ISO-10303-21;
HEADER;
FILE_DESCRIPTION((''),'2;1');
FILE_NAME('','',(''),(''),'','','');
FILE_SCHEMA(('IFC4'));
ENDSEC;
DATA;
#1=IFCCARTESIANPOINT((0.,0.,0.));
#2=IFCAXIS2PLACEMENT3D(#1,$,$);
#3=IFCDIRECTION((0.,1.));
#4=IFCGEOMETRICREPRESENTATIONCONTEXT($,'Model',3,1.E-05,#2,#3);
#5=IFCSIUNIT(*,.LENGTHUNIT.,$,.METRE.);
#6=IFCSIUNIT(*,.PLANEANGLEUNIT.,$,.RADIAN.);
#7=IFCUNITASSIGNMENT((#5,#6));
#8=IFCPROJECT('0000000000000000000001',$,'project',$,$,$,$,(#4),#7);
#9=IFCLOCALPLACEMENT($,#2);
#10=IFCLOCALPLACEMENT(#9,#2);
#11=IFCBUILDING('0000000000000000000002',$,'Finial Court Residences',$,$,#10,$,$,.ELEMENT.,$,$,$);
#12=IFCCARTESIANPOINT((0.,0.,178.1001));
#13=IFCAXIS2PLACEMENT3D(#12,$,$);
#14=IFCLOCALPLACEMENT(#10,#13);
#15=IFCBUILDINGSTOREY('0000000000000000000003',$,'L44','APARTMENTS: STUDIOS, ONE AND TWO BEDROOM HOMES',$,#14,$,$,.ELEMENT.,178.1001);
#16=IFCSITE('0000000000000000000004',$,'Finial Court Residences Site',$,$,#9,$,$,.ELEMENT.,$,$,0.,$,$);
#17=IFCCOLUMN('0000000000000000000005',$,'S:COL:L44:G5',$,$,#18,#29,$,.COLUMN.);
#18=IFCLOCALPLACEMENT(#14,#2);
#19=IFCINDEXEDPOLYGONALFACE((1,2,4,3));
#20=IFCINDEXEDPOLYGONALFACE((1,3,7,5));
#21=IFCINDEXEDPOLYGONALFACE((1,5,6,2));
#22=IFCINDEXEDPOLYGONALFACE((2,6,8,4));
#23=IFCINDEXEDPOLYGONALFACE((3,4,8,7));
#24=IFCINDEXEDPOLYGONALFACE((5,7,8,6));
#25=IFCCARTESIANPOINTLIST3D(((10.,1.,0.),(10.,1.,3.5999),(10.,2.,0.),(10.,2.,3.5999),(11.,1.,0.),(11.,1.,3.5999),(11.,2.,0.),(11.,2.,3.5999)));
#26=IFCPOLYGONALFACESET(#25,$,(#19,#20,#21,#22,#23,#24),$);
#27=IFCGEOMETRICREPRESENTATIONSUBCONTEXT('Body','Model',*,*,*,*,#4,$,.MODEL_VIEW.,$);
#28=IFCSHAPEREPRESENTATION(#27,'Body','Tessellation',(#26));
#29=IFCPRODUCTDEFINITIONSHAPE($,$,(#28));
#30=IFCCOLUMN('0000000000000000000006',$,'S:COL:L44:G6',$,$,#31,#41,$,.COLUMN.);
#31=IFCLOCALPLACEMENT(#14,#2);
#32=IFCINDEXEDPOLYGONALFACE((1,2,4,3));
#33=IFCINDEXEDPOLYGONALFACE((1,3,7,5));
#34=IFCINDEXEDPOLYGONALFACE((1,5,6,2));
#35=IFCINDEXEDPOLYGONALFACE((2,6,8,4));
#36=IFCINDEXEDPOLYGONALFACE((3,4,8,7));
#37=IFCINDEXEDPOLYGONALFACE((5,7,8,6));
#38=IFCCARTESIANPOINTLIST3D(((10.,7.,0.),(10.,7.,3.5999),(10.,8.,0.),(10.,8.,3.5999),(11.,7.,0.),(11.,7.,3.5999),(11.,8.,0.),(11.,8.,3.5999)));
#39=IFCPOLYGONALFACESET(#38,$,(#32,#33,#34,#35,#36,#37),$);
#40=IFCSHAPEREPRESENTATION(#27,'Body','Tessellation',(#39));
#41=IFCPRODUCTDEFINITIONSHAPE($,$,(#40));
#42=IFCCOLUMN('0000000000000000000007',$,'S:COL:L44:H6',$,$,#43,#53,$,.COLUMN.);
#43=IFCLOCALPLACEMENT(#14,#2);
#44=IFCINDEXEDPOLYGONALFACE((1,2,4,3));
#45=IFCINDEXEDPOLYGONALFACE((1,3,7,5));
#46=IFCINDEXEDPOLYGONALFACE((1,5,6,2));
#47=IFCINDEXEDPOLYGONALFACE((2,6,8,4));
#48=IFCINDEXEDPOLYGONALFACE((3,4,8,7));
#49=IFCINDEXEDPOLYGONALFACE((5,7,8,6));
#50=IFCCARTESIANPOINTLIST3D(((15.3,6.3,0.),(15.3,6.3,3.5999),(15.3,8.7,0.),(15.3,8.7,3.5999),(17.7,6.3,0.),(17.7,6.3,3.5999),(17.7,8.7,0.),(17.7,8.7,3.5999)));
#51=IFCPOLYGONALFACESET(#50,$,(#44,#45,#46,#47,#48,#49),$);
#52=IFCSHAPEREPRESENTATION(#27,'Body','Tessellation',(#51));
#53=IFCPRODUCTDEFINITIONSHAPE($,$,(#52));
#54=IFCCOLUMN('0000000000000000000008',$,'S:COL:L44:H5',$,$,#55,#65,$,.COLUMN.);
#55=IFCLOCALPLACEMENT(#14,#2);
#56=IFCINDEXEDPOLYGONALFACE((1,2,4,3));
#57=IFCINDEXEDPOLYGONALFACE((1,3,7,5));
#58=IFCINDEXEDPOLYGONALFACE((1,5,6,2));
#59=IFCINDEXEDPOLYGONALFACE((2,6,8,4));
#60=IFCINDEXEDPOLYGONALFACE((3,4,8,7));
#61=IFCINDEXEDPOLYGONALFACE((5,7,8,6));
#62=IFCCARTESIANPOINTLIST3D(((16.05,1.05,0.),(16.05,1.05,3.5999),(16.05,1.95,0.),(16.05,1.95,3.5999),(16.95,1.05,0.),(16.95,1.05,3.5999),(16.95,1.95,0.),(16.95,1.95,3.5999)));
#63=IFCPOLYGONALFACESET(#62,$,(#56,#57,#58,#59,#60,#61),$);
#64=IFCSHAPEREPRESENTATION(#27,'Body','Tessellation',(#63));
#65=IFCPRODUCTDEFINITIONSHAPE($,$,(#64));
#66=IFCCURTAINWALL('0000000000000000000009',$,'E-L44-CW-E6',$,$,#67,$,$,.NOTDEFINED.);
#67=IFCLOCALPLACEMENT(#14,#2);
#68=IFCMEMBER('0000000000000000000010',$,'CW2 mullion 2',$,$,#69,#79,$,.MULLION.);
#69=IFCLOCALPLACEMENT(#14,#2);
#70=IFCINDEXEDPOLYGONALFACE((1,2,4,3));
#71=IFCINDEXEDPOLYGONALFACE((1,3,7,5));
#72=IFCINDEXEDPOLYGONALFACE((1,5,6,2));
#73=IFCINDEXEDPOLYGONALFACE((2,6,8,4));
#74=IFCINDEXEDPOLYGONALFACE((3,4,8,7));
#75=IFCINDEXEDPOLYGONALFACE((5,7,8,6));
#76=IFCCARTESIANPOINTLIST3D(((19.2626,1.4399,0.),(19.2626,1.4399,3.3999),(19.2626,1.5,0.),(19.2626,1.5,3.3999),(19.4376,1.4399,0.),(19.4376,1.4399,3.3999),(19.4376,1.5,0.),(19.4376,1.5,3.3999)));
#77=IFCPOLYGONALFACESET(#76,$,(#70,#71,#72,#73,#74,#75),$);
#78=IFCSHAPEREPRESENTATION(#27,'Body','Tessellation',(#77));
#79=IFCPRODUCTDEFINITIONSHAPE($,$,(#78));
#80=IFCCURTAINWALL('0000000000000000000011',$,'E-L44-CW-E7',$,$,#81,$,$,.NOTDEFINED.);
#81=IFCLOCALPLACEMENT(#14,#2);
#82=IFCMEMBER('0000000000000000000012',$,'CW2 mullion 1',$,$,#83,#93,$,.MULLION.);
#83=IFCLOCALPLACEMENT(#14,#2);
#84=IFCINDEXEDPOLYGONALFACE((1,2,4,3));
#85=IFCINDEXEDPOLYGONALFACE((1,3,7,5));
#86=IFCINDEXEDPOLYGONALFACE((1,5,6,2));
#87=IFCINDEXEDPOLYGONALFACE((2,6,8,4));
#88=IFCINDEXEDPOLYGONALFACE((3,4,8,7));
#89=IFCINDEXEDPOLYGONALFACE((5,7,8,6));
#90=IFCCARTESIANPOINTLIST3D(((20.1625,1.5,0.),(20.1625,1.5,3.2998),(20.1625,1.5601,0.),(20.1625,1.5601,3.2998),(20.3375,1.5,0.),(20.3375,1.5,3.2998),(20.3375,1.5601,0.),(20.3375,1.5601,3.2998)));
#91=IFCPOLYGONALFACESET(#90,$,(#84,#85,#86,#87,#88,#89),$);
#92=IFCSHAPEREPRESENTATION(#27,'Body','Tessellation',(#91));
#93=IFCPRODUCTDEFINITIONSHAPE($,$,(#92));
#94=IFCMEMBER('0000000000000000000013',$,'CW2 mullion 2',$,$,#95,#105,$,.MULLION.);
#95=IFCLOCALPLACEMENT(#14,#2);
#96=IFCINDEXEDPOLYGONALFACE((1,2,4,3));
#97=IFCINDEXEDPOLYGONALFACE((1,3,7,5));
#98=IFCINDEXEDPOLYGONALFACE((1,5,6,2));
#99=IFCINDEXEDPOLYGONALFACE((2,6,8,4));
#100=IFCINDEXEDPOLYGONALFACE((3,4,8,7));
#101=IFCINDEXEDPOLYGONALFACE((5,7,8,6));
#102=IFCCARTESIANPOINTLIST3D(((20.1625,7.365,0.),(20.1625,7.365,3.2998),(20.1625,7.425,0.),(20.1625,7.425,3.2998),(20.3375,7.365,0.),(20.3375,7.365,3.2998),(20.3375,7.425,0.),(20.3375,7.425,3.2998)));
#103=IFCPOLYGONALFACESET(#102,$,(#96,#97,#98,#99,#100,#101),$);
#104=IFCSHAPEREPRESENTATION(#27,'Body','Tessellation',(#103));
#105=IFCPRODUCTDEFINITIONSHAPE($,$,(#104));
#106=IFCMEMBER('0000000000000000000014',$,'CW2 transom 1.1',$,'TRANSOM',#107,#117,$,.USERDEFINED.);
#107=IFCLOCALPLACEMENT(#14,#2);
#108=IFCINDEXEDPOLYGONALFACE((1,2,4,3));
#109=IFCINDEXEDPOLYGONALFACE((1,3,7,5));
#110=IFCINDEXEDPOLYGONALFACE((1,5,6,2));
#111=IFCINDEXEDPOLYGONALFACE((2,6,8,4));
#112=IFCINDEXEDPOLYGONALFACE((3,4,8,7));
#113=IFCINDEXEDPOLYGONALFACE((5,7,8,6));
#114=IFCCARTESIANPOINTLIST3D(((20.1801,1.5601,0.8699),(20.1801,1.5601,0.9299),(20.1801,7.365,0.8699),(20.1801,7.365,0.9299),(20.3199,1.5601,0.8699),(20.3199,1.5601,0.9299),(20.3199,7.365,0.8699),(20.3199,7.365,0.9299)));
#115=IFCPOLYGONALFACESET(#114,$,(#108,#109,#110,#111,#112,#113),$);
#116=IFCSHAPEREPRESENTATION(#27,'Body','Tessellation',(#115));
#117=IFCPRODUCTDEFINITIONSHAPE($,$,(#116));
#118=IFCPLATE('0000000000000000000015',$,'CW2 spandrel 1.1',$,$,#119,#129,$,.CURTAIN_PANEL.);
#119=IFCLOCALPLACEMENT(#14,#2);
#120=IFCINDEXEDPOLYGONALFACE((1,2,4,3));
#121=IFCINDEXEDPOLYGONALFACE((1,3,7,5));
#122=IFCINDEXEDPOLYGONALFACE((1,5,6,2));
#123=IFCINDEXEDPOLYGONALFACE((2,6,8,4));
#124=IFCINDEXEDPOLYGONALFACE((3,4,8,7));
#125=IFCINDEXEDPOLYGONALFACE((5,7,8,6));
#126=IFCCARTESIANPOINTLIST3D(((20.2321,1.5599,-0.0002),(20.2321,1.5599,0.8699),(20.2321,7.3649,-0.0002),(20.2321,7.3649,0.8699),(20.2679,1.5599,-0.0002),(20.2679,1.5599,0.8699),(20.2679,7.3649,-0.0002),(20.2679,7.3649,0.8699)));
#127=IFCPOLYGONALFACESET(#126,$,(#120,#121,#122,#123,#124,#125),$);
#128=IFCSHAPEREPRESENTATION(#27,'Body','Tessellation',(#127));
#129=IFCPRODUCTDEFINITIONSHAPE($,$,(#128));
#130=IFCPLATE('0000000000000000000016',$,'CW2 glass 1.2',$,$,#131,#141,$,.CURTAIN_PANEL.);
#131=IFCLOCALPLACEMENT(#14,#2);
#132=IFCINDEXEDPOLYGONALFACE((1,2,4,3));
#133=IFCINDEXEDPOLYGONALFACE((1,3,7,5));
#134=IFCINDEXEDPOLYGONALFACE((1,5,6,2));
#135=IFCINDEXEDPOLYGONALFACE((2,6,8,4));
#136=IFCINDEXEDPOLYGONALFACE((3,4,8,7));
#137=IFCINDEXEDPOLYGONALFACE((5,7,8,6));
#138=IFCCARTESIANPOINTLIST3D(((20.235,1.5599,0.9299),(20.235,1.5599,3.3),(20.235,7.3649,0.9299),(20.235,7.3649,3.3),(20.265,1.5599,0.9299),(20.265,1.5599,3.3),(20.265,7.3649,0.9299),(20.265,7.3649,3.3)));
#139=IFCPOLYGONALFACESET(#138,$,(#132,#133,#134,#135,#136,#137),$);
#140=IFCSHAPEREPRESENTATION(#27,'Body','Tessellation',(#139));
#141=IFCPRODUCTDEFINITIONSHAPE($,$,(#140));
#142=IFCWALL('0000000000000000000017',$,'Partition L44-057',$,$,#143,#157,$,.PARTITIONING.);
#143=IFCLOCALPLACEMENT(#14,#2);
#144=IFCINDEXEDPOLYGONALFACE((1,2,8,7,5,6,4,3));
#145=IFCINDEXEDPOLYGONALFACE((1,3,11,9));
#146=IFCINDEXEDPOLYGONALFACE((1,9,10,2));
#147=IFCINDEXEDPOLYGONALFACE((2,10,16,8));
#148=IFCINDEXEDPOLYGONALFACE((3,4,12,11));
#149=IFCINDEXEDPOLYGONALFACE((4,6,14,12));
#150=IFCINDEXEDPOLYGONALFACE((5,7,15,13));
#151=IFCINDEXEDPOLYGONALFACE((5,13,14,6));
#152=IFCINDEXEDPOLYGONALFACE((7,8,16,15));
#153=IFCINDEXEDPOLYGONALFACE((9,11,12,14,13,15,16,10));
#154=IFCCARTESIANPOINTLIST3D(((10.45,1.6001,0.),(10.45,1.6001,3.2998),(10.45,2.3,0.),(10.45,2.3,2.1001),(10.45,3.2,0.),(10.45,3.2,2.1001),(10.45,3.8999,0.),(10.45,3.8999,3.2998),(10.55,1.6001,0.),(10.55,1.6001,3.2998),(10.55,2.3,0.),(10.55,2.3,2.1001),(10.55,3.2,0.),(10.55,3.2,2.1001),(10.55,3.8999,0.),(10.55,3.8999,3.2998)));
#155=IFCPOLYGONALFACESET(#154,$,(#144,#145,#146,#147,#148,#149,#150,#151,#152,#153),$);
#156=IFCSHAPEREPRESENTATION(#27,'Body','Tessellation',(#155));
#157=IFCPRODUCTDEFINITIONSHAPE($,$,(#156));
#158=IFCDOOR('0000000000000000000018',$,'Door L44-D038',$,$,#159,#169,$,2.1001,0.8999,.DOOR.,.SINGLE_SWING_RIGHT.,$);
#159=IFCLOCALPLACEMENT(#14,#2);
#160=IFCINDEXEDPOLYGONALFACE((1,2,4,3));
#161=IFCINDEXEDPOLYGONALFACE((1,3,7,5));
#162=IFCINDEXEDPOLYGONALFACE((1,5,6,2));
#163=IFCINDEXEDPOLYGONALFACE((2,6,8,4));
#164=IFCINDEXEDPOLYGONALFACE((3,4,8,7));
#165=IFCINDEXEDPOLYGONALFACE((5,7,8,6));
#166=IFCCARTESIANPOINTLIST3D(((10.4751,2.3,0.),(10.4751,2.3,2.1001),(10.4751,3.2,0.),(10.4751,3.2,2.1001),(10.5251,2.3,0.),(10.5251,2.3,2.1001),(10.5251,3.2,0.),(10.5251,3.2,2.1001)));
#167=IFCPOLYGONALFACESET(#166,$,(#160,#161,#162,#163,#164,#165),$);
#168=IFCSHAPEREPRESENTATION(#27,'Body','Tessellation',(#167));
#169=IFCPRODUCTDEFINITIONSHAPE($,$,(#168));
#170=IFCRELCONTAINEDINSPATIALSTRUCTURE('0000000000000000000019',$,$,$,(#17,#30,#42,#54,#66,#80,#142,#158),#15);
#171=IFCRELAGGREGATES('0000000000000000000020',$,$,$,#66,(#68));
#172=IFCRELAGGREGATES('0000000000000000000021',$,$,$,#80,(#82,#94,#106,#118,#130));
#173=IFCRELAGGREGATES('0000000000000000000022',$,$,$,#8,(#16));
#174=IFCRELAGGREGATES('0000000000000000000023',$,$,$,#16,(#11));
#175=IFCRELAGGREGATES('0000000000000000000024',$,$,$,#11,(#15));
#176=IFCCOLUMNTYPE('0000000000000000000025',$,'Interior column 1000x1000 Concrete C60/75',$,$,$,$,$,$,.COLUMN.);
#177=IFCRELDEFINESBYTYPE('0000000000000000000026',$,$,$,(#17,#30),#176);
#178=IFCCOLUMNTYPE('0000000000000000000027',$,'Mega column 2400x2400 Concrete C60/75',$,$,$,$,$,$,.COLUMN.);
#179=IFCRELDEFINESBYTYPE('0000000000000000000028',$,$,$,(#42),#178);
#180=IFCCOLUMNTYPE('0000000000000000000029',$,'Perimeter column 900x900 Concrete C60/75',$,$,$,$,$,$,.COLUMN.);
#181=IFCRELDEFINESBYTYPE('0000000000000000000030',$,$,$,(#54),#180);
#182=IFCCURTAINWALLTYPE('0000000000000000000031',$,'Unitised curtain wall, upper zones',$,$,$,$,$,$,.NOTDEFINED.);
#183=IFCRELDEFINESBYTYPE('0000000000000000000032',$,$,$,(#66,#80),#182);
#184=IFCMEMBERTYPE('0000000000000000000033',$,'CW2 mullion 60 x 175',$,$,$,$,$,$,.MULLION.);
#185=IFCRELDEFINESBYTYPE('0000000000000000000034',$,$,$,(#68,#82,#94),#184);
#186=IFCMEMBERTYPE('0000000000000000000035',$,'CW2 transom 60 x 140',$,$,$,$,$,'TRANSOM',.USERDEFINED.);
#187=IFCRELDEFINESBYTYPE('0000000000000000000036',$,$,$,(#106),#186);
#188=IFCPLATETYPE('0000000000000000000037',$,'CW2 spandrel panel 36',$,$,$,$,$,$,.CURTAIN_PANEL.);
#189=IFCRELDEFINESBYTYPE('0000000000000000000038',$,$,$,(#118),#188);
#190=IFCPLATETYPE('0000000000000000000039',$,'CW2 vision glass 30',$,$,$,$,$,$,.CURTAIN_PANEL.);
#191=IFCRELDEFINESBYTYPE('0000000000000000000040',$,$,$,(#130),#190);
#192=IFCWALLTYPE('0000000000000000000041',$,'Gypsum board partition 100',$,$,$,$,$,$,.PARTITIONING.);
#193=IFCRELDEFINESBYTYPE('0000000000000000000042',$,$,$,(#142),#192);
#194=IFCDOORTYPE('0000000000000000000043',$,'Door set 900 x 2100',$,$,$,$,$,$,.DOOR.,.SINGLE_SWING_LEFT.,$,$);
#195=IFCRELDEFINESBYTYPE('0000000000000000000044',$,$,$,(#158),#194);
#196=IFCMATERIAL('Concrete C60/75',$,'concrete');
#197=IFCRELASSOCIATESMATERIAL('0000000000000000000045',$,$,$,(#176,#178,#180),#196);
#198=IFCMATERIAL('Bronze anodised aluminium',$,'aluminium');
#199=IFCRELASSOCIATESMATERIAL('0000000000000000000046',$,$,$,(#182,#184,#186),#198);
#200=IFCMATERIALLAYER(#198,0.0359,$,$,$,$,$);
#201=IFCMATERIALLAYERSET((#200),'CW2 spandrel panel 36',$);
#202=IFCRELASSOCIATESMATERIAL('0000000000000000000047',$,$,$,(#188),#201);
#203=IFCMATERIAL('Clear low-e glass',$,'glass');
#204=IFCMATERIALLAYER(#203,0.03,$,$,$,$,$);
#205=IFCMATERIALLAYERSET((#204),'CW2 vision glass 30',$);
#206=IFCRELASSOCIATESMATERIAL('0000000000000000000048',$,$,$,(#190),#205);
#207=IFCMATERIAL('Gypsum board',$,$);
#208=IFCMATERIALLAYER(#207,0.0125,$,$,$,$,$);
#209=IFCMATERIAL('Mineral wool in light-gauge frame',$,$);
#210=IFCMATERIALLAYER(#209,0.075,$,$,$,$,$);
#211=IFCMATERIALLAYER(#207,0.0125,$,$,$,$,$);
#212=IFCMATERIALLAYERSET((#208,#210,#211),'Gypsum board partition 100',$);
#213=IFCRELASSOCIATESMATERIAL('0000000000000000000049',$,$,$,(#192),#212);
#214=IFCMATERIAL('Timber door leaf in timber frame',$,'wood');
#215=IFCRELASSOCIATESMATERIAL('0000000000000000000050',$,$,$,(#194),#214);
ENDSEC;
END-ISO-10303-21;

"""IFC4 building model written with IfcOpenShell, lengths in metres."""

from ifc_helpers import new_model, si_unit, direction, frame, frame_2d, origin, origin_2d, place, context, subcontext, project, spatial, rectangle, extrude, material, layer, layer_set, material_profile, profile_set, type_object, element, fill, aggregate, save


model = new_model("IFC4")

# Units and contexts
model_context = context("Model", 3, precision=1e-05, world=origin(), true_north=direction((0.0, 1.0)))
body_context = subcontext(model_context, "Body", "Model", "MODEL_VIEW")
ifc_project = project(units=[si_unit("LENGTHUNIT", "METRE"), si_unit("PLANEANGLEUNIT", "RADIAN")], contexts=[model_context])

# Site, building, storey
site_placement = place(None, origin())
site = spatial("IfcSite", under=ifc_project, at=site_placement, Name="Finial Court Residences Site", CompositionType="ELEMENT", RefElevation=0.0)
building_placement = place(site_placement, origin())
building = spatial("IfcBuilding", under=site, at=building_placement, Name="Finial Court Residences", CompositionType="ELEMENT")
storey_placement = place(building_placement, frame((0.0, 0.0, 178.1001)))
storey = spatial("IfcBuildingStorey", under=building, at=storey_placement, Name="L44", Description="APARTMENTS: STUDIOS, ONE AND TWO BEDROOM HOMES", CompositionType="ELEMENT", Elevation=178.1001)

# Columns
ifc_material_1 = material(Name="Concrete C60/75", Category="concrete")
ifc_material_profile_1 = material_profile(ifc_material_1, rectangle(XDim=1.0, YDim=1.0, at=origin_2d()), Name="1000x1000")
ifc_profile_set_1 = profile_set([ifc_material_profile_1], Name="Concrete C60/75")
column_type_1 = type_object("IfcColumnType", Name="Interior column 1000x1000 Concrete C60/75", PredefinedType="COLUMN", material=ifc_profile_set_1)
for number, where, z_axis, x_axis, name in (
    (1, (10.5, 1.5, 0.0), (0.0, 0.0, 1.0), (1.0, 0.0, 0.0), "S:COL:L44:G5"),
    (2, (10.5, 7.5, 0.0), (0.0, 0.0, 1.0), (1.0, 0.0, 0.0), "S:COL:L44:G6"),
):
    element("IfcColumn", number, at=place(storey_placement, frame(where, z_axis=z_axis, x_axis=x_axis)), inside=storey, type_object=column_type_1, Name=name, PredefinedType="COLUMN", context=body_context, shape_type="SweptSolid", body=[
        extrude(rectangle(XDim=1.0, YDim=1.0, at=origin_2d()), origin(), (0.0, 0.0, 1.0), 3.5999),
    ])
ifc_material_profile_2 = material_profile(ifc_material_1, rectangle(XDim=2.3999, YDim=2.3999, at=origin_2d()), Name="2400x2400")
ifc_profile_set_2 = profile_set([ifc_material_profile_2], Name="Concrete C60/75")
column_type_2 = type_object("IfcColumnType", Name="Mega column 2400x2400 Concrete C60/75", PredefinedType="COLUMN", material=ifc_profile_set_2)
column_1_placement = place(storey_placement, frame((16.5, 7.5, 0.0), z_axis=(0.0, 0.0, 1.0), x_axis=(1.0, 0.0, 0.0)))
element("IfcColumn", 3, at=column_1_placement, inside=storey, type_object=column_type_2, Name="S:COL:L44:H6", PredefinedType="COLUMN", context=body_context, shape_type="SweptSolid", body=[
    extrude(rectangle(XDim=2.3999, YDim=2.3999, at=origin_2d()), origin(), (0.0, 0.0, 1.0), 3.5999),
])
ifc_material_profile_3 = material_profile(ifc_material_1, rectangle(XDim=0.8999, YDim=0.8999, at=origin_2d()), Name="900x900")
ifc_profile_set_3 = profile_set([ifc_material_profile_3], Name="Concrete C60/75")
column_type_3 = type_object("IfcColumnType", Name="Perimeter column 900x900 Concrete C60/75", PredefinedType="COLUMN", material=ifc_profile_set_3)
column_2_placement = place(storey_placement, frame((16.5, 1.5, 0.0), z_axis=(0.0, 0.0, 1.0), x_axis=(1.0, 0.0, 0.0)))
element("IfcColumn", 4, at=column_2_placement, inside=storey, type_object=column_type_3, Name="S:COL:L44:H5", PredefinedType="COLUMN", context=body_context, shape_type="SweptSolid", body=[
    extrude(rectangle(XDim=0.8999, YDim=0.8999, at=origin_2d()), origin(), (0.0, 0.0, 1.0), 3.5999),
])

# Curtain wall, member
ifc_material_2 = material(Name="Bronze anodised aluminium", Category="aluminium")
curtain_wall_type = type_object("IfcCurtainWallType", Name="Unitised curtain wall, upper zones", PredefinedType="NOTDEFINED", material=ifc_material_2)
curtain_wall_1_placement = place(storey_placement, origin())
curtain_wall_1 = element("IfcCurtainWall", 5, at=curtain_wall_1_placement, inside=storey, type_object=curtain_wall_type, Name="E-L44-CW-E6", PredefinedType="NOTDEFINED")
ifc_material_profile_4 = material_profile(ifc_material_2, rectangle(XDim=0.175, YDim=0.0601, at=origin_2d()), Name="CW2 mullion 60 x 175")
ifc_profile_set_4 = profile_set([ifc_material_profile_4], Name="Bronze anodised aluminium")
member_type_1 = type_object("IfcMemberType", Name="CW2 mullion 60 x 175", PredefinedType="MULLION", material=ifc_profile_set_4)
member_1_placement = place(storey_placement, frame((19.3501, 1.47, 0.0), z_axis=(0.0, 0.0, 1.0), x_axis=(-1.0, 0.0, 0.0)))
member_1 = element("IfcMember", 6, at=member_1_placement, type_object=member_type_1, Name="CW2 mullion 2", PredefinedType="MULLION", context=body_context, shape_type="SweptSolid", body=[
    extrude(rectangle(XDim=0.175, YDim=0.0601, at=origin_2d()), origin(), (0.0, 0.0, 1.0), 3.3999),
])
aggregate(curtain_wall_1, [member_1])

# Curtain wall, members, plates
curtain_wall_2_placement = place(storey_placement, origin())
curtain_wall_2 = element("IfcCurtainWall", 7, at=curtain_wall_2_placement, inside=storey, type_object=curtain_wall_type, Name="E-L44-CW-E7", PredefinedType="NOTDEFINED")
member_2_placement = place(storey_placement, frame((20.25, 1.53, 0.0), z_axis=(0.0, 0.0, 1.0), x_axis=(-1.0, 0.0, 0.0)))
member_2 = element("IfcMember", 8, at=member_2_placement, type_object=member_type_1, Name="CW2 mullion 1", PredefinedType="MULLION", context=body_context, shape_type="SweptSolid", body=[
    extrude(rectangle(XDim=0.175, YDim=0.0601, at=origin_2d()), origin(), (0.0, 0.0, 1.0), 3.2998),
])
member_3_placement = place(storey_placement, frame((20.25, 7.395, 0.0), z_axis=(0.0, 0.0, 1.0), x_axis=(-1.0, 0.0, 0.0)))
member_3 = element("IfcMember", 9, at=member_3_placement, type_object=member_type_1, Name="CW2 mullion 2", PredefinedType="MULLION", context=body_context, shape_type="SweptSolid", body=[
    extrude(rectangle(XDim=0.175, YDim=0.0601, at=origin_2d()), origin(), (0.0, 0.0, 1.0), 3.2998),
])
ifc_material_profile_5 = material_profile(ifc_material_2, rectangle(XDim=0.1399, YDim=0.0601, at=origin_2d()), Name="CW2 transom 60 x 140")
ifc_profile_set_5 = profile_set([ifc_material_profile_5], Name="Bronze anodised aluminium")
member_type_2 = type_object("IfcMemberType", Name="CW2 transom 60 x 140", ElementType="TRANSOM", PredefinedType="USERDEFINED", material=ifc_profile_set_5)
member_4_placement = place(storey_placement, frame((20.25, 1.5601, 0.8999), z_axis=(0.0, 1.0, 0.0), x_axis=(-1.0, 0.0, 0.0)))
member_4 = element("IfcMember", 10, at=member_4_placement, type_object=member_type_2, Name="CW2 transom 1.1", ObjectType="TRANSOM", PredefinedType="USERDEFINED", context=body_context, shape_type="SweptSolid", body=[
    extrude(rectangle(XDim=0.1399, YDim=0.0601, at=origin_2d()), origin(), (0.0, 0.0, 1.0), 5.8049),
])
ifc_layer_1 = layer(ifc_material_2, 0.0359)
ifc_layer_set_1 = layer_set([ifc_layer_1], Name="CW2 spandrel panel 36")
plate_type_1 = type_object("IfcPlateType", Name="CW2 spandrel panel 36", PredefinedType="CURTAIN_PANEL", material=ifc_layer_set_1)
plate_1_placement = place(storey_placement, frame((20.25, 4.4624, -0.0002), z_axis=(0.0, 0.0, 1.0), x_axis=(0.0, 1.0, 0.0)))
plate_1 = element("IfcPlate", 11, at=plate_1_placement, type_object=plate_type_1, Name="CW2 spandrel 1.1", PredefinedType="CURTAIN_PANEL", context=body_context, shape_type="SweptSolid", body=[
    extrude(rectangle(XDim=5.8049, YDim=0.0359, at=origin_2d()), origin(), (0.0, 0.0, 1.0), 0.8701),
])
ifc_material_3 = material(Name="Clear low-e glass", Category="glass")
ifc_layer_2 = layer(ifc_material_3, 0.03)
ifc_layer_set_2 = layer_set([ifc_layer_2], Name="CW2 vision glass 30")
plate_type_2 = type_object("IfcPlateType", Name="CW2 vision glass 30", PredefinedType="CURTAIN_PANEL", material=ifc_layer_set_2)
plate_2_placement = place(storey_placement, frame((20.25, 4.4624, 0.9299), z_axis=(0.0, 0.0, 1.0), x_axis=(0.0, 1.0, 0.0)))
plate_2 = element("IfcPlate", 12, at=plate_2_placement, type_object=plate_type_2, Name="CW2 glass 1.2", PredefinedType="CURTAIN_PANEL", context=body_context, shape_type="SweptSolid", body=[
    extrude(rectangle(XDim=5.8049, YDim=0.03, at=origin_2d()), origin(), (0.0, 0.0, 1.0), 2.3701),
])
aggregate(curtain_wall_2, [member_2, member_3, member_4, plate_1, plate_2])

# Wall, opening, door
ifc_material_4 = material(Name="Gypsum board")
ifc_layer_3 = layer(ifc_material_4, 0.0125)
ifc_material_5 = material(Name="Mineral wool in light-gauge frame")
ifc_layer_4 = layer(ifc_material_5, 0.075)
ifc_layer_5 = layer(ifc_material_4, 0.0125)
ifc_layer_set_3 = layer_set([ifc_layer_3, ifc_layer_4, ifc_layer_5], Name="Gypsum board partition 100")
wall_type_1 = type_object("IfcWallType", Name="Gypsum board partition 100", PredefinedType="PARTITIONING", material=ifc_layer_set_3)
wall_1_placement = place(storey_placement, frame((10.5, 1.6001, 0.0), z_axis=(0.0, 0.0, 1.0), x_axis=(0.0, 1.0, 0.0)))
wall_1 = element("IfcWall", 13, at=wall_1_placement, inside=storey, type_object=wall_type_1, Name="Partition L44-057", PredefinedType="PARTITIONING", context=body_context, shape_type="SweptSolid", body=[
    extrude(rectangle(XDim=2.2998, YDim=0.1001, at=frame_2d((1.1499, 0.0))), origin(), (0.0, 0.0, 1.0), 3.2998),
])
opening_1_placement = place(wall_1_placement, frame((0.7, 0.0, 0.0)))
opening_1 = element("IfcOpeningElement", 14, at=opening_1_placement, cuts=wall_1, PredefinedType="OPENING", context=body_context, shape_type="SweptSolid", body=[
    extrude(rectangle(XDim=0.8999, YDim=2.1001, at=frame_2d((0.45, 1.05))), frame((0.0, 0.0601, 0.0), z_axis=(0.0, -1.0, 0.0), x_axis=(1.0, 0.0, 0.0)), (0.0, 0.0, 1.0), 0.1201),
])
ifc_material_6 = material(Name="Timber door leaf in timber frame", Category="wood")
door_type_1 = type_object("IfcDoorType", Name="Door set 900 x 2100", OperationType="SINGLE_SWING_LEFT", PredefinedType="DOOR", material=ifc_material_6)
door_1_placement = place(opening_1_placement, origin())
door_1 = element("IfcDoor", 15, at=door_1_placement, inside=storey, type_object=door_type_1, Name="Door L44-D038", OperationType="SINGLE_SWING_RIGHT", OverallHeight=2.1001, OverallWidth=0.8999, PredefinedType="DOOR", context=body_context, shape_type="SweptSolid", body=[
    extrude(rectangle(XDim=0.8999, YDim=2.1001, at=frame_2d((0.45, 1.05))), frame((0.0, 0.0249, 0.0), z_axis=(0.0, -1.0, 0.0), x_axis=(1.0, 0.0, 0.0)), (0.0, 0.0, 1.0), 0.05),
])
fill(opening_1, door_1)

save(model, "model.ifc")
